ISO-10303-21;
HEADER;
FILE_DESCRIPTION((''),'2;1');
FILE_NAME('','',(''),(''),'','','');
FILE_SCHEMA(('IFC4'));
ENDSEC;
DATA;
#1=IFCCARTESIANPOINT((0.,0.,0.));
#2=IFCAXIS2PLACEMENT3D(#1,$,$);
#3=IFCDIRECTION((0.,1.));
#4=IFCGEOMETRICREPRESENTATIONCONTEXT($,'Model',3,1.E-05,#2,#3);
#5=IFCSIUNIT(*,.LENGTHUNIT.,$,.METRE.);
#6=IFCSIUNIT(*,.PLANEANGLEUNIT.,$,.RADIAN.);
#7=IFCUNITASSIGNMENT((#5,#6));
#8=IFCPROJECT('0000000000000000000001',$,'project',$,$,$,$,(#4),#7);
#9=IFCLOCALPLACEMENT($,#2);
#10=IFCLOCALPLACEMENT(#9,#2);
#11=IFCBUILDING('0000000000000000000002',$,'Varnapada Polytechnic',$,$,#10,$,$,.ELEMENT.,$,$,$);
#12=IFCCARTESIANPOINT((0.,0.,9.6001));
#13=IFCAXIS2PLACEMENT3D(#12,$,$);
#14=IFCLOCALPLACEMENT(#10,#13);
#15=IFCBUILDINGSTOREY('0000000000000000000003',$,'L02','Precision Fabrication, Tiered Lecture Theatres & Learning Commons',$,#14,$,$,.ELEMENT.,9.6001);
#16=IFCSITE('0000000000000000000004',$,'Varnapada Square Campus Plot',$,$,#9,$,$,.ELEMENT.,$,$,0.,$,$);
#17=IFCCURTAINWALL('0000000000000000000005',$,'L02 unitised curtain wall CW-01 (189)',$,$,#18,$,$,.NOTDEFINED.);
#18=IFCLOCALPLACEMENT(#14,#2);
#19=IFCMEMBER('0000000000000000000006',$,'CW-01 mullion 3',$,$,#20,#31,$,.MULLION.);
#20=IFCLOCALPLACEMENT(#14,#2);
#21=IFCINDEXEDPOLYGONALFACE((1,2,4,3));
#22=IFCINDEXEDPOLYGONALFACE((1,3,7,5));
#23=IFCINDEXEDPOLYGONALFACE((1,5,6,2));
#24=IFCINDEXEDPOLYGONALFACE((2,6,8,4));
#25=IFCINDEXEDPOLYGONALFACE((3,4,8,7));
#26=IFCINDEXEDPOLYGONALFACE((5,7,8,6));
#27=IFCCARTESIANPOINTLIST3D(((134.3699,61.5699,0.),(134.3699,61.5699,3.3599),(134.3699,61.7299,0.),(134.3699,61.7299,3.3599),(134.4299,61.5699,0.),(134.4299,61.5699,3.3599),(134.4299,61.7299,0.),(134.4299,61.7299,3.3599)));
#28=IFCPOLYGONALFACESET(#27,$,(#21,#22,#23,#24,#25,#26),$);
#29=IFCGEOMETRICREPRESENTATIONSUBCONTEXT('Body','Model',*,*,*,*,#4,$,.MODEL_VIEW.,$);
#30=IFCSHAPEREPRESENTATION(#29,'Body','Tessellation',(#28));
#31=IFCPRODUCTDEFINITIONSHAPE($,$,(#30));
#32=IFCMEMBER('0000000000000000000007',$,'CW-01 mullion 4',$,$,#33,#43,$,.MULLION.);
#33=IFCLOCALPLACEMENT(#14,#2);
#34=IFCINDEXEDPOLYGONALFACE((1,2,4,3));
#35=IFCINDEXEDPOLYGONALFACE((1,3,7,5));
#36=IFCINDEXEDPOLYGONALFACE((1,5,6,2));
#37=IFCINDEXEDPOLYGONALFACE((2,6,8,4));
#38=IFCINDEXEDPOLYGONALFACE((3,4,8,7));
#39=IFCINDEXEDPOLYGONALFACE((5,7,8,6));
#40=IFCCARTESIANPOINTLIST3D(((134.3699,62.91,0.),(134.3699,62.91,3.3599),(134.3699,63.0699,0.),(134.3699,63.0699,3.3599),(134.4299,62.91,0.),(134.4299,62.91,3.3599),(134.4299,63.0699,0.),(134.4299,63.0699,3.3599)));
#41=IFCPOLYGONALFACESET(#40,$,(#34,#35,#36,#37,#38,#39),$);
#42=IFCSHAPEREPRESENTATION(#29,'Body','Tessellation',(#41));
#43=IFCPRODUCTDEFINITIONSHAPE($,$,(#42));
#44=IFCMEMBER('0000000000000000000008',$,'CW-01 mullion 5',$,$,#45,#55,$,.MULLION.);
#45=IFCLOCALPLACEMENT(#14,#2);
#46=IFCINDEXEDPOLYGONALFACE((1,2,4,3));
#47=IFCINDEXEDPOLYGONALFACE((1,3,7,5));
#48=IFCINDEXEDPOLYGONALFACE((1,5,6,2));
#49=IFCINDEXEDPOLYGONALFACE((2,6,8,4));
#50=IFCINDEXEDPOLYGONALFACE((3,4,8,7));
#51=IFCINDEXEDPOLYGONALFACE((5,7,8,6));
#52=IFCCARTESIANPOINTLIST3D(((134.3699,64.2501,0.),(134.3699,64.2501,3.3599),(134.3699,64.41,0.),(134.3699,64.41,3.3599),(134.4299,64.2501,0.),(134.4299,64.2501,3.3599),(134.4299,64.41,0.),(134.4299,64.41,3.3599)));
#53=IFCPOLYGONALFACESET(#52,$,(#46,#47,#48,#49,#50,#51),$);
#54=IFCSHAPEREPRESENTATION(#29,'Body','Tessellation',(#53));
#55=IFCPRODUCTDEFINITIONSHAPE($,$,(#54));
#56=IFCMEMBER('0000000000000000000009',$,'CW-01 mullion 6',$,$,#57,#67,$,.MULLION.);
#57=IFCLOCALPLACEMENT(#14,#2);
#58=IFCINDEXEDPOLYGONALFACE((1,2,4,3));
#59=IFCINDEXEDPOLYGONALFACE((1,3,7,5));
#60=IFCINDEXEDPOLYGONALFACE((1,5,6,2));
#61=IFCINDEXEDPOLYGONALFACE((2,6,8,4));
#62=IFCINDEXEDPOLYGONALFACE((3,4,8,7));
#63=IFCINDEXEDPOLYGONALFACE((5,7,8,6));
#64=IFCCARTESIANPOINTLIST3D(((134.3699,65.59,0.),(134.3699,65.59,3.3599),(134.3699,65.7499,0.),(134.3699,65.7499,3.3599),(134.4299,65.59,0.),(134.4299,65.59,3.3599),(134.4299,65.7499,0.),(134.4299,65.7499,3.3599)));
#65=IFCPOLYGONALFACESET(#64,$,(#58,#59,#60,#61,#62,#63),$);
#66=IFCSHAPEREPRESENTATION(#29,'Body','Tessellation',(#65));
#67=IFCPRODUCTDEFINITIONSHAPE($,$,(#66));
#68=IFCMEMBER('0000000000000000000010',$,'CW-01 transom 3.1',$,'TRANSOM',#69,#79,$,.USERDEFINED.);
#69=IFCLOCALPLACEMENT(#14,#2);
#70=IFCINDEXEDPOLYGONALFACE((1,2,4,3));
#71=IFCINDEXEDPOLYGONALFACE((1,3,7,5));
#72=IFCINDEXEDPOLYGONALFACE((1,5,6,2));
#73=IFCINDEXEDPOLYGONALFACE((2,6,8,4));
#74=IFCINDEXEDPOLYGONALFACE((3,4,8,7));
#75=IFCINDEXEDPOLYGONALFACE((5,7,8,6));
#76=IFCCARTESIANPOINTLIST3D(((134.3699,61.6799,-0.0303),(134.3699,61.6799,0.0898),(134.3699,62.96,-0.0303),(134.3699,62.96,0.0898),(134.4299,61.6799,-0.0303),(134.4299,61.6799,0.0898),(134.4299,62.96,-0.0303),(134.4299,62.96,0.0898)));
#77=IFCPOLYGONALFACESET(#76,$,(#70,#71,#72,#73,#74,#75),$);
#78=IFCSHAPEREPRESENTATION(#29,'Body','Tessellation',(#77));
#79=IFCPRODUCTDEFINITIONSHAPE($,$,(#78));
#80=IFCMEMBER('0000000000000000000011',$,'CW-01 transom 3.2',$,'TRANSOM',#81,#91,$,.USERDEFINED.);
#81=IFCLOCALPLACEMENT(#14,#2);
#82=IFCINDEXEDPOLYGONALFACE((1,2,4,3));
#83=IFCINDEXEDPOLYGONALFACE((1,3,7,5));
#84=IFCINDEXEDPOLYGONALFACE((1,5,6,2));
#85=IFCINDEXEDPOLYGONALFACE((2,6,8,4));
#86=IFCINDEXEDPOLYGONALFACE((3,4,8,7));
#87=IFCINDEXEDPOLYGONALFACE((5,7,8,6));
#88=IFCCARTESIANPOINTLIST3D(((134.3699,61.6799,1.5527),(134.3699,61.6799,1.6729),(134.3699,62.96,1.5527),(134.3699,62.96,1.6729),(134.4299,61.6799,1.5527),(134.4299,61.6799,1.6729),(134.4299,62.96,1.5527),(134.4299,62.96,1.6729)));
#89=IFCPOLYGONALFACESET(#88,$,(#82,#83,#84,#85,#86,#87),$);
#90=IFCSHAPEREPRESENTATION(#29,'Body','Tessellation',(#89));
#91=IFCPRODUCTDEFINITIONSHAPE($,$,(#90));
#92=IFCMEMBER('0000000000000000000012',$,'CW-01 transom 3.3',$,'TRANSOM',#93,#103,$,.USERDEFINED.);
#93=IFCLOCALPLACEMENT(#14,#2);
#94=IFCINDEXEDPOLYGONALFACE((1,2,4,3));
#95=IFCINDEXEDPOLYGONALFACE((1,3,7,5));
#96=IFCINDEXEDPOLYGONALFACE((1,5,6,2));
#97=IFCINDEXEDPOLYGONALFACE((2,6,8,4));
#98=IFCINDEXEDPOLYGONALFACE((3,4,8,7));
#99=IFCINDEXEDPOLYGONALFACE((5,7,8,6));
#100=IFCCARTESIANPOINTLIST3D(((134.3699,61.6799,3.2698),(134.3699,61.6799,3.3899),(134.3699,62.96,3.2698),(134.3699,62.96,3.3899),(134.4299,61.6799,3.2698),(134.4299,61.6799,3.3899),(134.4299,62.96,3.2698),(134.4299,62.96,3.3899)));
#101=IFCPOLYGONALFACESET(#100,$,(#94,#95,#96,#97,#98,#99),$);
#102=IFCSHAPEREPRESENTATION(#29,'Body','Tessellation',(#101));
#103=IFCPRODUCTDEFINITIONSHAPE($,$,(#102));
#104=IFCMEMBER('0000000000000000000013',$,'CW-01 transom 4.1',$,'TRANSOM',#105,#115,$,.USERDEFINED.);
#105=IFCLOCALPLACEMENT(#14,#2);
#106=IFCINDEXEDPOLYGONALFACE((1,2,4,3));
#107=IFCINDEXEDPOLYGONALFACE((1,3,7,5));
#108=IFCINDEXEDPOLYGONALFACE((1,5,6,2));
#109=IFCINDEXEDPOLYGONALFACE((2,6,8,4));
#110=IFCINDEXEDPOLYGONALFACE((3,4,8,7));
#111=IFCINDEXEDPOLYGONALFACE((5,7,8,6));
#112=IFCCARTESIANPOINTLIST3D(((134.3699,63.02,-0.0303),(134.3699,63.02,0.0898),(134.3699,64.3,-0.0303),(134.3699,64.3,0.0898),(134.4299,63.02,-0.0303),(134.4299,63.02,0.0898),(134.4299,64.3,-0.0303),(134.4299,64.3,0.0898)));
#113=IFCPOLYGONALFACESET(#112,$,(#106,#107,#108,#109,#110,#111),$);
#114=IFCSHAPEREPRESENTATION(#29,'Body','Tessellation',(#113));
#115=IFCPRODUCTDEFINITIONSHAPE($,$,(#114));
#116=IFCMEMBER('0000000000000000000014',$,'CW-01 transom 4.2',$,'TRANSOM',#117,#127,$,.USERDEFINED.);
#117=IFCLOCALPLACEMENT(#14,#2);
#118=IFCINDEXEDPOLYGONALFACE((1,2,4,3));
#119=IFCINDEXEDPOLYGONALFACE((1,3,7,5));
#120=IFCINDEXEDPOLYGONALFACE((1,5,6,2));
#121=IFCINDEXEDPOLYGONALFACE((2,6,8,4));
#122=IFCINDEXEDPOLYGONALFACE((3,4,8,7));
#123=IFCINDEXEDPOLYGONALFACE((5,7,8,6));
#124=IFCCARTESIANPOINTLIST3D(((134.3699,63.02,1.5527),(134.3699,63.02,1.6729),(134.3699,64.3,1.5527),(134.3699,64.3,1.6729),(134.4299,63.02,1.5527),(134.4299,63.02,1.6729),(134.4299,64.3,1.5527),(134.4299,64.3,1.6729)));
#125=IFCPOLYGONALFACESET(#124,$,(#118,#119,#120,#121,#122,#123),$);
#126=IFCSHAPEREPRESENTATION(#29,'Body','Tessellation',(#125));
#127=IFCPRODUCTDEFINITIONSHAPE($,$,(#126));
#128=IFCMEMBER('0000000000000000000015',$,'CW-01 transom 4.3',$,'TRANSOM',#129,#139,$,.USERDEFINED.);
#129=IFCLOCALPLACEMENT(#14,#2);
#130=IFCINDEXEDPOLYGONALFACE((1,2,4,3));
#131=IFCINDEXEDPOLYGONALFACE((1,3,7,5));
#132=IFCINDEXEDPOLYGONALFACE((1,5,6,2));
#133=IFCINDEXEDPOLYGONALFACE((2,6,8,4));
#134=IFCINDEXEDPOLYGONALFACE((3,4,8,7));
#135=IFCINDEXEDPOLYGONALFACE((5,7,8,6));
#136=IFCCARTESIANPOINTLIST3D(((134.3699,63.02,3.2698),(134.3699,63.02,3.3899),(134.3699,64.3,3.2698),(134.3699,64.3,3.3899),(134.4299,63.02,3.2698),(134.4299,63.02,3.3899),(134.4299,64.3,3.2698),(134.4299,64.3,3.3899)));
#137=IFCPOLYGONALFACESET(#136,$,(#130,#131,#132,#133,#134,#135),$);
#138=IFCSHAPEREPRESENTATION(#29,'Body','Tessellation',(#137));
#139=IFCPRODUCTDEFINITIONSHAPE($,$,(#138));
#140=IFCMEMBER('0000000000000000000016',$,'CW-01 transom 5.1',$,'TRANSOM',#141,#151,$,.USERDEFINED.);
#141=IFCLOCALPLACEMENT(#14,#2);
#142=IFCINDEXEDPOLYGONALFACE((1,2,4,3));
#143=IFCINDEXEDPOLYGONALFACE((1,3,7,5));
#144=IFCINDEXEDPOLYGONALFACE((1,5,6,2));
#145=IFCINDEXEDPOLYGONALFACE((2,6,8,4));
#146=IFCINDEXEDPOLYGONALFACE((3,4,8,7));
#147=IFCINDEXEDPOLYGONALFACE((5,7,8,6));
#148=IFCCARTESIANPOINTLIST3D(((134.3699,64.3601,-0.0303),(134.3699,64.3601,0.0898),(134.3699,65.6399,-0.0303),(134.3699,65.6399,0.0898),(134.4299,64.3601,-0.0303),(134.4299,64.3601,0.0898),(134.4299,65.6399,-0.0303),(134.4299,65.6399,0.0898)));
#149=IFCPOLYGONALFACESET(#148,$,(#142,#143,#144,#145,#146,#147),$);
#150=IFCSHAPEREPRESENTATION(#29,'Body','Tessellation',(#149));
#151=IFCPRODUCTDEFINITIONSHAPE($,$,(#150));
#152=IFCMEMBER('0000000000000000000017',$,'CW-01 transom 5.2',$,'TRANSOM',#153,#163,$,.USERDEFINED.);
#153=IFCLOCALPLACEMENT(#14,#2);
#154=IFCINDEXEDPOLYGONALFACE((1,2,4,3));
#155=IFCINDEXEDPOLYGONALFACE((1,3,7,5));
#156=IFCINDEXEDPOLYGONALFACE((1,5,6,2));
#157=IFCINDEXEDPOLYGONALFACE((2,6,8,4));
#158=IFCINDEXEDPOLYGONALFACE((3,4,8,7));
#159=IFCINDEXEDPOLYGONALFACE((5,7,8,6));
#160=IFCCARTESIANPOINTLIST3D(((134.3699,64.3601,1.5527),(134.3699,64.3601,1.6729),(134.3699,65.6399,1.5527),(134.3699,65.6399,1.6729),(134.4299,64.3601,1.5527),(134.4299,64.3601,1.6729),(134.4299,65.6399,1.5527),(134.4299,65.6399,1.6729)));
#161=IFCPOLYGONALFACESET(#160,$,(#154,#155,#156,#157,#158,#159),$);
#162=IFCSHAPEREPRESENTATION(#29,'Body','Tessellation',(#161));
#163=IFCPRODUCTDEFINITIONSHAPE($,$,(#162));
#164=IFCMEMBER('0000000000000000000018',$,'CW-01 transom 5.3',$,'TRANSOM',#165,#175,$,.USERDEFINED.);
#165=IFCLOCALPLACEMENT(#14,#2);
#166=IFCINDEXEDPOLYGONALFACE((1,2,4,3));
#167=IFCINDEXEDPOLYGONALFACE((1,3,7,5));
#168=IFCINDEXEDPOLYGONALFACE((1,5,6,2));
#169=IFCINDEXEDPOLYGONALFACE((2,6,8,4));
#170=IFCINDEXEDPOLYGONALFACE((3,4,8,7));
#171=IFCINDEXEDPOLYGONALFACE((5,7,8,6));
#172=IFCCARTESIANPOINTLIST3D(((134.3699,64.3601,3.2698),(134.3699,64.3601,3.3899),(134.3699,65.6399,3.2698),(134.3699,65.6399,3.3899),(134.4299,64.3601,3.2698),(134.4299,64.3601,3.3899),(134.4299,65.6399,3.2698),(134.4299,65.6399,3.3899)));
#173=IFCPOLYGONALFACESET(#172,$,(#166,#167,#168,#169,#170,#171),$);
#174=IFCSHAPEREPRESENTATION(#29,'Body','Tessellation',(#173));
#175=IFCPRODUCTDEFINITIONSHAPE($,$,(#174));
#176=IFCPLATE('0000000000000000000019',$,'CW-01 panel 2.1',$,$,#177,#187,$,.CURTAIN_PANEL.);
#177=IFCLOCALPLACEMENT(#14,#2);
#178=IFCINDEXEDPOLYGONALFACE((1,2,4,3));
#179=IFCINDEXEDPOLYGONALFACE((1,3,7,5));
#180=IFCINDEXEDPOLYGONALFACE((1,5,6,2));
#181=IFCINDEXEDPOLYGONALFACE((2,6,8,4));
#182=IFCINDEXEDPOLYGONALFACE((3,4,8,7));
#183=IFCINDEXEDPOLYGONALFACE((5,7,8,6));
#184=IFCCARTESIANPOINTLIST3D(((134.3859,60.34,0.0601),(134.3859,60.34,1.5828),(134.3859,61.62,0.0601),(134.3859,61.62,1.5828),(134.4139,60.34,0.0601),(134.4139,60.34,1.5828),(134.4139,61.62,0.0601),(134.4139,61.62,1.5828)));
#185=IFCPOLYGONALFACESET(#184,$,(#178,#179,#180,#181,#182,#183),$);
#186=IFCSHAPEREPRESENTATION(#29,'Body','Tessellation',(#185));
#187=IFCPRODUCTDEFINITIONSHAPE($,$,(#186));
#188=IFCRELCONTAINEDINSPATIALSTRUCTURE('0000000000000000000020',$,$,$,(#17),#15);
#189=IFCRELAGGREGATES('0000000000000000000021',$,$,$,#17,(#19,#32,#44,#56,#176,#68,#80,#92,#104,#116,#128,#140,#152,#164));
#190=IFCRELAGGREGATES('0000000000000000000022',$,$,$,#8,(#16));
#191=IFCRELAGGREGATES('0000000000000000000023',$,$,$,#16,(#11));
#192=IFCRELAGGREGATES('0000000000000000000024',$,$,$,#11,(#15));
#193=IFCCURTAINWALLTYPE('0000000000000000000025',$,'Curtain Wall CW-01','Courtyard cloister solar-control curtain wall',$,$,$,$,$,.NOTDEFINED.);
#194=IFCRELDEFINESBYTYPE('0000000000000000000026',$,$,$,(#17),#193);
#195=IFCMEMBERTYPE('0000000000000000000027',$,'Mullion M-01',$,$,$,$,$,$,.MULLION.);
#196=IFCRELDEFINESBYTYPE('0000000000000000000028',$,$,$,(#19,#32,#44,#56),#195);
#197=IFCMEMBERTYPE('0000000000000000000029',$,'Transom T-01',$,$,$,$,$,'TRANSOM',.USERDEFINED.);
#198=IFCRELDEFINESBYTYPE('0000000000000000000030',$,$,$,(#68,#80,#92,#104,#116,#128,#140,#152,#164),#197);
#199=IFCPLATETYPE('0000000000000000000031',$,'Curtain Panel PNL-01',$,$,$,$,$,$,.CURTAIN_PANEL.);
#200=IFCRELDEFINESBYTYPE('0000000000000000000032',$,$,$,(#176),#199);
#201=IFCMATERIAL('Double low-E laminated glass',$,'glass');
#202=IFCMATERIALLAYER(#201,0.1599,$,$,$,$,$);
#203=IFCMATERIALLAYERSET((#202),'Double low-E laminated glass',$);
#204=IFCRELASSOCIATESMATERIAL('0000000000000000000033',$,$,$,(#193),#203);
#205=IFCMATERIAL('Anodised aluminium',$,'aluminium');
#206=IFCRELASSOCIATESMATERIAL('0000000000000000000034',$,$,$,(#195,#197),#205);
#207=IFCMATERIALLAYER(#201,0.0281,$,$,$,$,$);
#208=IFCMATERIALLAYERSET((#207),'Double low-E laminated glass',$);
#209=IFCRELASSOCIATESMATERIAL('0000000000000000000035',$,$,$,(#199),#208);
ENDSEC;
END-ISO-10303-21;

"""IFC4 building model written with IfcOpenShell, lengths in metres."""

from ifc_helpers import new_model, si_unit, direction, frame, origin, origin_2d, place, context, subcontext, project, spatial, rectangle, extrude, material, layer, layer_set, material_profile, profile_set, type_object, element, aggregate, save


model = new_model("IFC4")

# Units and contexts
model_context = context("Model", 3, precision=1e-05, world=origin(), true_north=direction((0.0, 1.0)))
body_context = subcontext(model_context, "Body", "Model", "MODEL_VIEW")
ifc_project = project(units=[si_unit("LENGTHUNIT", "METRE"), si_unit("PLANEANGLEUNIT", "RADIAN")], contexts=[model_context])

# Site, building, storey
site_placement = place(None, origin())
site = spatial("IfcSite", under=ifc_project, at=site_placement, Name="Varnapada Square Campus Plot", CompositionType="ELEMENT", RefElevation=0.0)
building_placement = place(site_placement, origin())
building = spatial("IfcBuilding", under=site, at=building_placement, Name="Varnapada Polytechnic", CompositionType="ELEMENT")
storey_placement = place(building_placement, frame((0.0, 0.0, 9.6001)))
storey = spatial("IfcBuildingStorey", under=building, at=storey_placement, Name="L02", Description="Precision Fabrication, Tiered Lecture Theatres & Learning Commons", CompositionType="ELEMENT", Elevation=9.6001)

# Curtain wall, members, plate
ifc_material_1 = material(Name="Double low-E laminated glass", Category="glass")
ifc_layer_1 = layer(ifc_material_1, 0.1599)
ifc_layer_set_1 = layer_set([ifc_layer_1], Name="Double low-E laminated glass")
curtain_wall_type = type_object("IfcCurtainWallType", Name="Curtain Wall CW-01", Description="Courtyard cloister solar-control curtain wall", PredefinedType="NOTDEFINED", material=ifc_layer_set_1)
curtain_wall_placement = place(storey_placement, origin())
curtain_wall = element("IfcCurtainWall", 1, at=curtain_wall_placement, inside=storey, type_object=curtain_wall_type, Name="L02 unitised curtain wall CW-01 (189)", PredefinedType="NOTDEFINED")
ifc_material_2 = material(Name="Anodised aluminium", Category="aluminium")
ifc_material_profile_1 = material_profile(ifc_material_2, rectangle(XDim=0.0601, YDim=0.1599, at=origin_2d()), Name="ALU M60x160")
ifc_profile_set_1 = profile_set([ifc_material_profile_1], Name="Anodised aluminium")
member_type_1 = type_object("IfcMemberType", Name="Mullion M-01", PredefinedType="MULLION", material=ifc_profile_set_1)
member_1_placement = place(storey_placement, frame((134.3999, 61.6499, 0.0), z_axis=(0.0, 0.0, 1.0), x_axis=(-1.0, 0.0, 0.0)))
member_1 = element("IfcMember", 2, at=member_1_placement, type_object=member_type_1, Name="CW-01 mullion 3", PredefinedType="MULLION", context=body_context, shape_type="SweptSolid", body=[
    extrude(rectangle(XDim=0.0601, YDim=0.1599, at=origin_2d()), origin(), (0.0, 0.0, 1.0), 3.3599),
])
member_2_placement = place(storey_placement, frame((134.3999, 62.99, 0.0), z_axis=(0.0, 0.0, 1.0), x_axis=(-1.0, 0.0, 0.0)))
member_2 = element("IfcMember", 3, at=member_2_placement, type_object=member_type_1, Name="CW-01 mullion 4", PredefinedType="MULLION", context=body_context, shape_type="SweptSolid", body=[
    extrude(rectangle(XDim=0.0601, YDim=0.1599, at=origin_2d()), origin(), (0.0, 0.0, 1.0), 3.3599),
])
member_3_placement = place(storey_placement, frame((134.3999, 64.3301, 0.0), z_axis=(0.0, 0.0, 1.0), x_axis=(-1.0, 0.0, 0.0)))
member_3 = element("IfcMember", 4, at=member_3_placement, type_object=member_type_1, Name="CW-01 mullion 5", PredefinedType="MULLION", context=body_context, shape_type="SweptSolid", body=[
    extrude(rectangle(XDim=0.0601, YDim=0.1599, at=origin_2d()), origin(), (0.0, 0.0, 1.0), 3.3599),
])
member_4_placement = place(storey_placement, frame((134.3999, 65.6699, 0.0), z_axis=(0.0, 0.0, 1.0), x_axis=(-1.0, 0.0, 0.0)))
member_4 = element("IfcMember", 5, at=member_4_placement, type_object=member_type_1, Name="CW-01 mullion 6", PredefinedType="MULLION", context=body_context, shape_type="SweptSolid", body=[
    extrude(rectangle(XDim=0.0601, YDim=0.1599, at=origin_2d()), origin(), (0.0, 0.0, 1.0), 3.3599),
])
ifc_material_profile_2 = material_profile(ifc_material_2, rectangle(XDim=0.0601, YDim=0.1201, at=origin_2d()), Name="ALU T60x120")
ifc_profile_set_2 = profile_set([ifc_material_profile_2], Name="Anodised aluminium")
member_type_2 = type_object("IfcMemberType", Name="Transom T-01", ElementType="TRANSOM", PredefinedType="USERDEFINED", material=ifc_profile_set_2)
member_5_placement = place(storey_placement, frame((134.3999, 61.6799, 0.0298), z_axis=(0.0, 1.0, 0.0), x_axis=(-1.0, 0.0, 0.0)))
member_5 = element("IfcMember", 6, at=member_5_placement, type_object=member_type_2, Name="CW-01 transom 3.1", ObjectType="TRANSOM", PredefinedType="USERDEFINED", context=body_context, shape_type="SweptSolid", body=[
    extrude(rectangle(XDim=0.0601, YDim=0.1201, at=origin_2d()), origin(), (0.0, 0.0, 1.0), 1.28),
])
member_6_placement = place(storey_placement, frame((134.3999, 61.6799, 1.6128), z_axis=(0.0, 1.0, 0.0), x_axis=(-1.0, 0.0, 0.0)))
member_6 = element("IfcMember", 7, at=member_6_placement, type_object=member_type_2, Name="CW-01 transom 3.2", ObjectType="TRANSOM", PredefinedType="USERDEFINED", context=body_context, shape_type="SweptSolid", body=[
    extrude(rectangle(XDim=0.0601, YDim=0.1201, at=origin_2d()), origin(), (0.0, 0.0, 1.0), 1.28),
])
member_7_placement = place(storey_placement, frame((134.3999, 61.6799, 3.3298), z_axis=(0.0, 1.0, 0.0), x_axis=(-1.0, 0.0, 0.0)))
member_7 = element("IfcMember", 8, at=member_7_placement, type_object=member_type_2, Name="CW-01 transom 3.3", ObjectType="TRANSOM", PredefinedType="USERDEFINED", context=body_context, shape_type="SweptSolid", body=[
    extrude(rectangle(XDim=0.0601, YDim=0.1201, at=origin_2d()), origin(), (0.0, 0.0, 1.0), 1.28),
])
member_8_placement = place(storey_placement, frame((134.3999, 63.02, 0.0298), z_axis=(0.0, 1.0, 0.0), x_axis=(-1.0, 0.0, 0.0)))
member_8 = element("IfcMember", 9, at=member_8_placement, type_object=member_type_2, Name="CW-01 transom 4.1", ObjectType="TRANSOM", PredefinedType="USERDEFINED", context=body_context, shape_type="SweptSolid", body=[
    extrude(rectangle(XDim=0.0601, YDim=0.1201, at=origin_2d()), origin(), (0.0, 0.0, 1.0), 1.28),
])
member_9_placement = place(storey_placement, frame((134.3999, 63.02, 1.6128), z_axis=(0.0, 1.0, 0.0), x_axis=(-1.0, 0.0, 0.0)))
member_9 = element("IfcMember", 10, at=member_9_placement, type_object=member_type_2, Name="CW-01 transom 4.2", ObjectType="TRANSOM", PredefinedType="USERDEFINED", context=body_context, shape_type="SweptSolid", body=[
    extrude(rectangle(XDim=0.0601, YDim=0.1201, at=origin_2d()), origin(), (0.0, 0.0, 1.0), 1.28),
])
member_10_placement = place(storey_placement, frame((134.3999, 63.02, 3.3298), z_axis=(0.0, 1.0, 0.0), x_axis=(-1.0, 0.0, 0.0)))
member_10 = element("IfcMember", 11, at=member_10_placement, type_object=member_type_2, Name="CW-01 transom 4.3", ObjectType="TRANSOM", PredefinedType="USERDEFINED", context=body_context, shape_type="SweptSolid", body=[
    extrude(rectangle(XDim=0.0601, YDim=0.1201, at=origin_2d()), origin(), (0.0, 0.0, 1.0), 1.28),
])
member_11_placement = place(storey_placement, frame((134.3999, 64.3601, 0.0298), z_axis=(0.0, 1.0, 0.0), x_axis=(-1.0, 0.0, 0.0)))
member_11 = element("IfcMember", 12, at=member_11_placement, type_object=member_type_2, Name="CW-01 transom 5.1", ObjectType="TRANSOM", PredefinedType="USERDEFINED", context=body_context, shape_type="SweptSolid", body=[
    extrude(rectangle(XDim=0.0601, YDim=0.1201, at=origin_2d()), origin(), (0.0, 0.0, 1.0), 1.2798),
])
member_12_placement = place(storey_placement, frame((134.3999, 64.3601, 1.6128), z_axis=(0.0, 1.0, 0.0), x_axis=(-1.0, 0.0, 0.0)))
member_12 = element("IfcMember", 13, at=member_12_placement, type_object=member_type_2, Name="CW-01 transom 5.2", ObjectType="TRANSOM", PredefinedType="USERDEFINED", context=body_context, shape_type="SweptSolid", body=[
    extrude(rectangle(XDim=0.0601, YDim=0.1201, at=origin_2d()), origin(), (0.0, 0.0, 1.0), 1.2798),
])
member_13_placement = place(storey_placement, frame((134.3999, 64.3601, 3.3298), z_axis=(0.0, 1.0, 0.0), x_axis=(-1.0, 0.0, 0.0)))
member_13 = element("IfcMember", 14, at=member_13_placement, type_object=member_type_2, Name="CW-01 transom 5.3", ObjectType="TRANSOM", PredefinedType="USERDEFINED", context=body_context, shape_type="SweptSolid", body=[
    extrude(rectangle(XDim=0.0601, YDim=0.1201, at=origin_2d()), origin(), (0.0, 0.0, 1.0), 1.2798),
])
ifc_layer_2 = layer(ifc_material_1, 0.0281)
ifc_layer_set_2 = layer_set([ifc_layer_2], Name="Double low-E laminated glass")
plate_type = type_object("IfcPlateType", Name="Curtain Panel PNL-01", PredefinedType="CURTAIN_PANEL", material=ifc_layer_set_2)
plate_1_placement = place(storey_placement, frame((134.3999, 60.98, 0.0601), z_axis=(0.0, 0.0, 1.0), x_axis=(0.0, 1.0, 0.0)))
plate_1 = element("IfcPlate", 15, at=plate_1_placement, type_object=plate_type, Name="CW-01 panel 2.1", PredefinedType="CURTAIN_PANEL", context=body_context, shape_type="SweptSolid", body=[
    extrude(rectangle(XDim=1.28, YDim=0.0281, at=origin_2d()), origin(), (0.0, 0.0, 1.0), 1.5227),
])
aggregate(curtain_wall, [member_1, member_2, member_3, member_4, plate_1, member_5, member_6, member_7, member_8, member_9, member_10, member_11, member_12, member_13])

save(model, "model.ifc")
